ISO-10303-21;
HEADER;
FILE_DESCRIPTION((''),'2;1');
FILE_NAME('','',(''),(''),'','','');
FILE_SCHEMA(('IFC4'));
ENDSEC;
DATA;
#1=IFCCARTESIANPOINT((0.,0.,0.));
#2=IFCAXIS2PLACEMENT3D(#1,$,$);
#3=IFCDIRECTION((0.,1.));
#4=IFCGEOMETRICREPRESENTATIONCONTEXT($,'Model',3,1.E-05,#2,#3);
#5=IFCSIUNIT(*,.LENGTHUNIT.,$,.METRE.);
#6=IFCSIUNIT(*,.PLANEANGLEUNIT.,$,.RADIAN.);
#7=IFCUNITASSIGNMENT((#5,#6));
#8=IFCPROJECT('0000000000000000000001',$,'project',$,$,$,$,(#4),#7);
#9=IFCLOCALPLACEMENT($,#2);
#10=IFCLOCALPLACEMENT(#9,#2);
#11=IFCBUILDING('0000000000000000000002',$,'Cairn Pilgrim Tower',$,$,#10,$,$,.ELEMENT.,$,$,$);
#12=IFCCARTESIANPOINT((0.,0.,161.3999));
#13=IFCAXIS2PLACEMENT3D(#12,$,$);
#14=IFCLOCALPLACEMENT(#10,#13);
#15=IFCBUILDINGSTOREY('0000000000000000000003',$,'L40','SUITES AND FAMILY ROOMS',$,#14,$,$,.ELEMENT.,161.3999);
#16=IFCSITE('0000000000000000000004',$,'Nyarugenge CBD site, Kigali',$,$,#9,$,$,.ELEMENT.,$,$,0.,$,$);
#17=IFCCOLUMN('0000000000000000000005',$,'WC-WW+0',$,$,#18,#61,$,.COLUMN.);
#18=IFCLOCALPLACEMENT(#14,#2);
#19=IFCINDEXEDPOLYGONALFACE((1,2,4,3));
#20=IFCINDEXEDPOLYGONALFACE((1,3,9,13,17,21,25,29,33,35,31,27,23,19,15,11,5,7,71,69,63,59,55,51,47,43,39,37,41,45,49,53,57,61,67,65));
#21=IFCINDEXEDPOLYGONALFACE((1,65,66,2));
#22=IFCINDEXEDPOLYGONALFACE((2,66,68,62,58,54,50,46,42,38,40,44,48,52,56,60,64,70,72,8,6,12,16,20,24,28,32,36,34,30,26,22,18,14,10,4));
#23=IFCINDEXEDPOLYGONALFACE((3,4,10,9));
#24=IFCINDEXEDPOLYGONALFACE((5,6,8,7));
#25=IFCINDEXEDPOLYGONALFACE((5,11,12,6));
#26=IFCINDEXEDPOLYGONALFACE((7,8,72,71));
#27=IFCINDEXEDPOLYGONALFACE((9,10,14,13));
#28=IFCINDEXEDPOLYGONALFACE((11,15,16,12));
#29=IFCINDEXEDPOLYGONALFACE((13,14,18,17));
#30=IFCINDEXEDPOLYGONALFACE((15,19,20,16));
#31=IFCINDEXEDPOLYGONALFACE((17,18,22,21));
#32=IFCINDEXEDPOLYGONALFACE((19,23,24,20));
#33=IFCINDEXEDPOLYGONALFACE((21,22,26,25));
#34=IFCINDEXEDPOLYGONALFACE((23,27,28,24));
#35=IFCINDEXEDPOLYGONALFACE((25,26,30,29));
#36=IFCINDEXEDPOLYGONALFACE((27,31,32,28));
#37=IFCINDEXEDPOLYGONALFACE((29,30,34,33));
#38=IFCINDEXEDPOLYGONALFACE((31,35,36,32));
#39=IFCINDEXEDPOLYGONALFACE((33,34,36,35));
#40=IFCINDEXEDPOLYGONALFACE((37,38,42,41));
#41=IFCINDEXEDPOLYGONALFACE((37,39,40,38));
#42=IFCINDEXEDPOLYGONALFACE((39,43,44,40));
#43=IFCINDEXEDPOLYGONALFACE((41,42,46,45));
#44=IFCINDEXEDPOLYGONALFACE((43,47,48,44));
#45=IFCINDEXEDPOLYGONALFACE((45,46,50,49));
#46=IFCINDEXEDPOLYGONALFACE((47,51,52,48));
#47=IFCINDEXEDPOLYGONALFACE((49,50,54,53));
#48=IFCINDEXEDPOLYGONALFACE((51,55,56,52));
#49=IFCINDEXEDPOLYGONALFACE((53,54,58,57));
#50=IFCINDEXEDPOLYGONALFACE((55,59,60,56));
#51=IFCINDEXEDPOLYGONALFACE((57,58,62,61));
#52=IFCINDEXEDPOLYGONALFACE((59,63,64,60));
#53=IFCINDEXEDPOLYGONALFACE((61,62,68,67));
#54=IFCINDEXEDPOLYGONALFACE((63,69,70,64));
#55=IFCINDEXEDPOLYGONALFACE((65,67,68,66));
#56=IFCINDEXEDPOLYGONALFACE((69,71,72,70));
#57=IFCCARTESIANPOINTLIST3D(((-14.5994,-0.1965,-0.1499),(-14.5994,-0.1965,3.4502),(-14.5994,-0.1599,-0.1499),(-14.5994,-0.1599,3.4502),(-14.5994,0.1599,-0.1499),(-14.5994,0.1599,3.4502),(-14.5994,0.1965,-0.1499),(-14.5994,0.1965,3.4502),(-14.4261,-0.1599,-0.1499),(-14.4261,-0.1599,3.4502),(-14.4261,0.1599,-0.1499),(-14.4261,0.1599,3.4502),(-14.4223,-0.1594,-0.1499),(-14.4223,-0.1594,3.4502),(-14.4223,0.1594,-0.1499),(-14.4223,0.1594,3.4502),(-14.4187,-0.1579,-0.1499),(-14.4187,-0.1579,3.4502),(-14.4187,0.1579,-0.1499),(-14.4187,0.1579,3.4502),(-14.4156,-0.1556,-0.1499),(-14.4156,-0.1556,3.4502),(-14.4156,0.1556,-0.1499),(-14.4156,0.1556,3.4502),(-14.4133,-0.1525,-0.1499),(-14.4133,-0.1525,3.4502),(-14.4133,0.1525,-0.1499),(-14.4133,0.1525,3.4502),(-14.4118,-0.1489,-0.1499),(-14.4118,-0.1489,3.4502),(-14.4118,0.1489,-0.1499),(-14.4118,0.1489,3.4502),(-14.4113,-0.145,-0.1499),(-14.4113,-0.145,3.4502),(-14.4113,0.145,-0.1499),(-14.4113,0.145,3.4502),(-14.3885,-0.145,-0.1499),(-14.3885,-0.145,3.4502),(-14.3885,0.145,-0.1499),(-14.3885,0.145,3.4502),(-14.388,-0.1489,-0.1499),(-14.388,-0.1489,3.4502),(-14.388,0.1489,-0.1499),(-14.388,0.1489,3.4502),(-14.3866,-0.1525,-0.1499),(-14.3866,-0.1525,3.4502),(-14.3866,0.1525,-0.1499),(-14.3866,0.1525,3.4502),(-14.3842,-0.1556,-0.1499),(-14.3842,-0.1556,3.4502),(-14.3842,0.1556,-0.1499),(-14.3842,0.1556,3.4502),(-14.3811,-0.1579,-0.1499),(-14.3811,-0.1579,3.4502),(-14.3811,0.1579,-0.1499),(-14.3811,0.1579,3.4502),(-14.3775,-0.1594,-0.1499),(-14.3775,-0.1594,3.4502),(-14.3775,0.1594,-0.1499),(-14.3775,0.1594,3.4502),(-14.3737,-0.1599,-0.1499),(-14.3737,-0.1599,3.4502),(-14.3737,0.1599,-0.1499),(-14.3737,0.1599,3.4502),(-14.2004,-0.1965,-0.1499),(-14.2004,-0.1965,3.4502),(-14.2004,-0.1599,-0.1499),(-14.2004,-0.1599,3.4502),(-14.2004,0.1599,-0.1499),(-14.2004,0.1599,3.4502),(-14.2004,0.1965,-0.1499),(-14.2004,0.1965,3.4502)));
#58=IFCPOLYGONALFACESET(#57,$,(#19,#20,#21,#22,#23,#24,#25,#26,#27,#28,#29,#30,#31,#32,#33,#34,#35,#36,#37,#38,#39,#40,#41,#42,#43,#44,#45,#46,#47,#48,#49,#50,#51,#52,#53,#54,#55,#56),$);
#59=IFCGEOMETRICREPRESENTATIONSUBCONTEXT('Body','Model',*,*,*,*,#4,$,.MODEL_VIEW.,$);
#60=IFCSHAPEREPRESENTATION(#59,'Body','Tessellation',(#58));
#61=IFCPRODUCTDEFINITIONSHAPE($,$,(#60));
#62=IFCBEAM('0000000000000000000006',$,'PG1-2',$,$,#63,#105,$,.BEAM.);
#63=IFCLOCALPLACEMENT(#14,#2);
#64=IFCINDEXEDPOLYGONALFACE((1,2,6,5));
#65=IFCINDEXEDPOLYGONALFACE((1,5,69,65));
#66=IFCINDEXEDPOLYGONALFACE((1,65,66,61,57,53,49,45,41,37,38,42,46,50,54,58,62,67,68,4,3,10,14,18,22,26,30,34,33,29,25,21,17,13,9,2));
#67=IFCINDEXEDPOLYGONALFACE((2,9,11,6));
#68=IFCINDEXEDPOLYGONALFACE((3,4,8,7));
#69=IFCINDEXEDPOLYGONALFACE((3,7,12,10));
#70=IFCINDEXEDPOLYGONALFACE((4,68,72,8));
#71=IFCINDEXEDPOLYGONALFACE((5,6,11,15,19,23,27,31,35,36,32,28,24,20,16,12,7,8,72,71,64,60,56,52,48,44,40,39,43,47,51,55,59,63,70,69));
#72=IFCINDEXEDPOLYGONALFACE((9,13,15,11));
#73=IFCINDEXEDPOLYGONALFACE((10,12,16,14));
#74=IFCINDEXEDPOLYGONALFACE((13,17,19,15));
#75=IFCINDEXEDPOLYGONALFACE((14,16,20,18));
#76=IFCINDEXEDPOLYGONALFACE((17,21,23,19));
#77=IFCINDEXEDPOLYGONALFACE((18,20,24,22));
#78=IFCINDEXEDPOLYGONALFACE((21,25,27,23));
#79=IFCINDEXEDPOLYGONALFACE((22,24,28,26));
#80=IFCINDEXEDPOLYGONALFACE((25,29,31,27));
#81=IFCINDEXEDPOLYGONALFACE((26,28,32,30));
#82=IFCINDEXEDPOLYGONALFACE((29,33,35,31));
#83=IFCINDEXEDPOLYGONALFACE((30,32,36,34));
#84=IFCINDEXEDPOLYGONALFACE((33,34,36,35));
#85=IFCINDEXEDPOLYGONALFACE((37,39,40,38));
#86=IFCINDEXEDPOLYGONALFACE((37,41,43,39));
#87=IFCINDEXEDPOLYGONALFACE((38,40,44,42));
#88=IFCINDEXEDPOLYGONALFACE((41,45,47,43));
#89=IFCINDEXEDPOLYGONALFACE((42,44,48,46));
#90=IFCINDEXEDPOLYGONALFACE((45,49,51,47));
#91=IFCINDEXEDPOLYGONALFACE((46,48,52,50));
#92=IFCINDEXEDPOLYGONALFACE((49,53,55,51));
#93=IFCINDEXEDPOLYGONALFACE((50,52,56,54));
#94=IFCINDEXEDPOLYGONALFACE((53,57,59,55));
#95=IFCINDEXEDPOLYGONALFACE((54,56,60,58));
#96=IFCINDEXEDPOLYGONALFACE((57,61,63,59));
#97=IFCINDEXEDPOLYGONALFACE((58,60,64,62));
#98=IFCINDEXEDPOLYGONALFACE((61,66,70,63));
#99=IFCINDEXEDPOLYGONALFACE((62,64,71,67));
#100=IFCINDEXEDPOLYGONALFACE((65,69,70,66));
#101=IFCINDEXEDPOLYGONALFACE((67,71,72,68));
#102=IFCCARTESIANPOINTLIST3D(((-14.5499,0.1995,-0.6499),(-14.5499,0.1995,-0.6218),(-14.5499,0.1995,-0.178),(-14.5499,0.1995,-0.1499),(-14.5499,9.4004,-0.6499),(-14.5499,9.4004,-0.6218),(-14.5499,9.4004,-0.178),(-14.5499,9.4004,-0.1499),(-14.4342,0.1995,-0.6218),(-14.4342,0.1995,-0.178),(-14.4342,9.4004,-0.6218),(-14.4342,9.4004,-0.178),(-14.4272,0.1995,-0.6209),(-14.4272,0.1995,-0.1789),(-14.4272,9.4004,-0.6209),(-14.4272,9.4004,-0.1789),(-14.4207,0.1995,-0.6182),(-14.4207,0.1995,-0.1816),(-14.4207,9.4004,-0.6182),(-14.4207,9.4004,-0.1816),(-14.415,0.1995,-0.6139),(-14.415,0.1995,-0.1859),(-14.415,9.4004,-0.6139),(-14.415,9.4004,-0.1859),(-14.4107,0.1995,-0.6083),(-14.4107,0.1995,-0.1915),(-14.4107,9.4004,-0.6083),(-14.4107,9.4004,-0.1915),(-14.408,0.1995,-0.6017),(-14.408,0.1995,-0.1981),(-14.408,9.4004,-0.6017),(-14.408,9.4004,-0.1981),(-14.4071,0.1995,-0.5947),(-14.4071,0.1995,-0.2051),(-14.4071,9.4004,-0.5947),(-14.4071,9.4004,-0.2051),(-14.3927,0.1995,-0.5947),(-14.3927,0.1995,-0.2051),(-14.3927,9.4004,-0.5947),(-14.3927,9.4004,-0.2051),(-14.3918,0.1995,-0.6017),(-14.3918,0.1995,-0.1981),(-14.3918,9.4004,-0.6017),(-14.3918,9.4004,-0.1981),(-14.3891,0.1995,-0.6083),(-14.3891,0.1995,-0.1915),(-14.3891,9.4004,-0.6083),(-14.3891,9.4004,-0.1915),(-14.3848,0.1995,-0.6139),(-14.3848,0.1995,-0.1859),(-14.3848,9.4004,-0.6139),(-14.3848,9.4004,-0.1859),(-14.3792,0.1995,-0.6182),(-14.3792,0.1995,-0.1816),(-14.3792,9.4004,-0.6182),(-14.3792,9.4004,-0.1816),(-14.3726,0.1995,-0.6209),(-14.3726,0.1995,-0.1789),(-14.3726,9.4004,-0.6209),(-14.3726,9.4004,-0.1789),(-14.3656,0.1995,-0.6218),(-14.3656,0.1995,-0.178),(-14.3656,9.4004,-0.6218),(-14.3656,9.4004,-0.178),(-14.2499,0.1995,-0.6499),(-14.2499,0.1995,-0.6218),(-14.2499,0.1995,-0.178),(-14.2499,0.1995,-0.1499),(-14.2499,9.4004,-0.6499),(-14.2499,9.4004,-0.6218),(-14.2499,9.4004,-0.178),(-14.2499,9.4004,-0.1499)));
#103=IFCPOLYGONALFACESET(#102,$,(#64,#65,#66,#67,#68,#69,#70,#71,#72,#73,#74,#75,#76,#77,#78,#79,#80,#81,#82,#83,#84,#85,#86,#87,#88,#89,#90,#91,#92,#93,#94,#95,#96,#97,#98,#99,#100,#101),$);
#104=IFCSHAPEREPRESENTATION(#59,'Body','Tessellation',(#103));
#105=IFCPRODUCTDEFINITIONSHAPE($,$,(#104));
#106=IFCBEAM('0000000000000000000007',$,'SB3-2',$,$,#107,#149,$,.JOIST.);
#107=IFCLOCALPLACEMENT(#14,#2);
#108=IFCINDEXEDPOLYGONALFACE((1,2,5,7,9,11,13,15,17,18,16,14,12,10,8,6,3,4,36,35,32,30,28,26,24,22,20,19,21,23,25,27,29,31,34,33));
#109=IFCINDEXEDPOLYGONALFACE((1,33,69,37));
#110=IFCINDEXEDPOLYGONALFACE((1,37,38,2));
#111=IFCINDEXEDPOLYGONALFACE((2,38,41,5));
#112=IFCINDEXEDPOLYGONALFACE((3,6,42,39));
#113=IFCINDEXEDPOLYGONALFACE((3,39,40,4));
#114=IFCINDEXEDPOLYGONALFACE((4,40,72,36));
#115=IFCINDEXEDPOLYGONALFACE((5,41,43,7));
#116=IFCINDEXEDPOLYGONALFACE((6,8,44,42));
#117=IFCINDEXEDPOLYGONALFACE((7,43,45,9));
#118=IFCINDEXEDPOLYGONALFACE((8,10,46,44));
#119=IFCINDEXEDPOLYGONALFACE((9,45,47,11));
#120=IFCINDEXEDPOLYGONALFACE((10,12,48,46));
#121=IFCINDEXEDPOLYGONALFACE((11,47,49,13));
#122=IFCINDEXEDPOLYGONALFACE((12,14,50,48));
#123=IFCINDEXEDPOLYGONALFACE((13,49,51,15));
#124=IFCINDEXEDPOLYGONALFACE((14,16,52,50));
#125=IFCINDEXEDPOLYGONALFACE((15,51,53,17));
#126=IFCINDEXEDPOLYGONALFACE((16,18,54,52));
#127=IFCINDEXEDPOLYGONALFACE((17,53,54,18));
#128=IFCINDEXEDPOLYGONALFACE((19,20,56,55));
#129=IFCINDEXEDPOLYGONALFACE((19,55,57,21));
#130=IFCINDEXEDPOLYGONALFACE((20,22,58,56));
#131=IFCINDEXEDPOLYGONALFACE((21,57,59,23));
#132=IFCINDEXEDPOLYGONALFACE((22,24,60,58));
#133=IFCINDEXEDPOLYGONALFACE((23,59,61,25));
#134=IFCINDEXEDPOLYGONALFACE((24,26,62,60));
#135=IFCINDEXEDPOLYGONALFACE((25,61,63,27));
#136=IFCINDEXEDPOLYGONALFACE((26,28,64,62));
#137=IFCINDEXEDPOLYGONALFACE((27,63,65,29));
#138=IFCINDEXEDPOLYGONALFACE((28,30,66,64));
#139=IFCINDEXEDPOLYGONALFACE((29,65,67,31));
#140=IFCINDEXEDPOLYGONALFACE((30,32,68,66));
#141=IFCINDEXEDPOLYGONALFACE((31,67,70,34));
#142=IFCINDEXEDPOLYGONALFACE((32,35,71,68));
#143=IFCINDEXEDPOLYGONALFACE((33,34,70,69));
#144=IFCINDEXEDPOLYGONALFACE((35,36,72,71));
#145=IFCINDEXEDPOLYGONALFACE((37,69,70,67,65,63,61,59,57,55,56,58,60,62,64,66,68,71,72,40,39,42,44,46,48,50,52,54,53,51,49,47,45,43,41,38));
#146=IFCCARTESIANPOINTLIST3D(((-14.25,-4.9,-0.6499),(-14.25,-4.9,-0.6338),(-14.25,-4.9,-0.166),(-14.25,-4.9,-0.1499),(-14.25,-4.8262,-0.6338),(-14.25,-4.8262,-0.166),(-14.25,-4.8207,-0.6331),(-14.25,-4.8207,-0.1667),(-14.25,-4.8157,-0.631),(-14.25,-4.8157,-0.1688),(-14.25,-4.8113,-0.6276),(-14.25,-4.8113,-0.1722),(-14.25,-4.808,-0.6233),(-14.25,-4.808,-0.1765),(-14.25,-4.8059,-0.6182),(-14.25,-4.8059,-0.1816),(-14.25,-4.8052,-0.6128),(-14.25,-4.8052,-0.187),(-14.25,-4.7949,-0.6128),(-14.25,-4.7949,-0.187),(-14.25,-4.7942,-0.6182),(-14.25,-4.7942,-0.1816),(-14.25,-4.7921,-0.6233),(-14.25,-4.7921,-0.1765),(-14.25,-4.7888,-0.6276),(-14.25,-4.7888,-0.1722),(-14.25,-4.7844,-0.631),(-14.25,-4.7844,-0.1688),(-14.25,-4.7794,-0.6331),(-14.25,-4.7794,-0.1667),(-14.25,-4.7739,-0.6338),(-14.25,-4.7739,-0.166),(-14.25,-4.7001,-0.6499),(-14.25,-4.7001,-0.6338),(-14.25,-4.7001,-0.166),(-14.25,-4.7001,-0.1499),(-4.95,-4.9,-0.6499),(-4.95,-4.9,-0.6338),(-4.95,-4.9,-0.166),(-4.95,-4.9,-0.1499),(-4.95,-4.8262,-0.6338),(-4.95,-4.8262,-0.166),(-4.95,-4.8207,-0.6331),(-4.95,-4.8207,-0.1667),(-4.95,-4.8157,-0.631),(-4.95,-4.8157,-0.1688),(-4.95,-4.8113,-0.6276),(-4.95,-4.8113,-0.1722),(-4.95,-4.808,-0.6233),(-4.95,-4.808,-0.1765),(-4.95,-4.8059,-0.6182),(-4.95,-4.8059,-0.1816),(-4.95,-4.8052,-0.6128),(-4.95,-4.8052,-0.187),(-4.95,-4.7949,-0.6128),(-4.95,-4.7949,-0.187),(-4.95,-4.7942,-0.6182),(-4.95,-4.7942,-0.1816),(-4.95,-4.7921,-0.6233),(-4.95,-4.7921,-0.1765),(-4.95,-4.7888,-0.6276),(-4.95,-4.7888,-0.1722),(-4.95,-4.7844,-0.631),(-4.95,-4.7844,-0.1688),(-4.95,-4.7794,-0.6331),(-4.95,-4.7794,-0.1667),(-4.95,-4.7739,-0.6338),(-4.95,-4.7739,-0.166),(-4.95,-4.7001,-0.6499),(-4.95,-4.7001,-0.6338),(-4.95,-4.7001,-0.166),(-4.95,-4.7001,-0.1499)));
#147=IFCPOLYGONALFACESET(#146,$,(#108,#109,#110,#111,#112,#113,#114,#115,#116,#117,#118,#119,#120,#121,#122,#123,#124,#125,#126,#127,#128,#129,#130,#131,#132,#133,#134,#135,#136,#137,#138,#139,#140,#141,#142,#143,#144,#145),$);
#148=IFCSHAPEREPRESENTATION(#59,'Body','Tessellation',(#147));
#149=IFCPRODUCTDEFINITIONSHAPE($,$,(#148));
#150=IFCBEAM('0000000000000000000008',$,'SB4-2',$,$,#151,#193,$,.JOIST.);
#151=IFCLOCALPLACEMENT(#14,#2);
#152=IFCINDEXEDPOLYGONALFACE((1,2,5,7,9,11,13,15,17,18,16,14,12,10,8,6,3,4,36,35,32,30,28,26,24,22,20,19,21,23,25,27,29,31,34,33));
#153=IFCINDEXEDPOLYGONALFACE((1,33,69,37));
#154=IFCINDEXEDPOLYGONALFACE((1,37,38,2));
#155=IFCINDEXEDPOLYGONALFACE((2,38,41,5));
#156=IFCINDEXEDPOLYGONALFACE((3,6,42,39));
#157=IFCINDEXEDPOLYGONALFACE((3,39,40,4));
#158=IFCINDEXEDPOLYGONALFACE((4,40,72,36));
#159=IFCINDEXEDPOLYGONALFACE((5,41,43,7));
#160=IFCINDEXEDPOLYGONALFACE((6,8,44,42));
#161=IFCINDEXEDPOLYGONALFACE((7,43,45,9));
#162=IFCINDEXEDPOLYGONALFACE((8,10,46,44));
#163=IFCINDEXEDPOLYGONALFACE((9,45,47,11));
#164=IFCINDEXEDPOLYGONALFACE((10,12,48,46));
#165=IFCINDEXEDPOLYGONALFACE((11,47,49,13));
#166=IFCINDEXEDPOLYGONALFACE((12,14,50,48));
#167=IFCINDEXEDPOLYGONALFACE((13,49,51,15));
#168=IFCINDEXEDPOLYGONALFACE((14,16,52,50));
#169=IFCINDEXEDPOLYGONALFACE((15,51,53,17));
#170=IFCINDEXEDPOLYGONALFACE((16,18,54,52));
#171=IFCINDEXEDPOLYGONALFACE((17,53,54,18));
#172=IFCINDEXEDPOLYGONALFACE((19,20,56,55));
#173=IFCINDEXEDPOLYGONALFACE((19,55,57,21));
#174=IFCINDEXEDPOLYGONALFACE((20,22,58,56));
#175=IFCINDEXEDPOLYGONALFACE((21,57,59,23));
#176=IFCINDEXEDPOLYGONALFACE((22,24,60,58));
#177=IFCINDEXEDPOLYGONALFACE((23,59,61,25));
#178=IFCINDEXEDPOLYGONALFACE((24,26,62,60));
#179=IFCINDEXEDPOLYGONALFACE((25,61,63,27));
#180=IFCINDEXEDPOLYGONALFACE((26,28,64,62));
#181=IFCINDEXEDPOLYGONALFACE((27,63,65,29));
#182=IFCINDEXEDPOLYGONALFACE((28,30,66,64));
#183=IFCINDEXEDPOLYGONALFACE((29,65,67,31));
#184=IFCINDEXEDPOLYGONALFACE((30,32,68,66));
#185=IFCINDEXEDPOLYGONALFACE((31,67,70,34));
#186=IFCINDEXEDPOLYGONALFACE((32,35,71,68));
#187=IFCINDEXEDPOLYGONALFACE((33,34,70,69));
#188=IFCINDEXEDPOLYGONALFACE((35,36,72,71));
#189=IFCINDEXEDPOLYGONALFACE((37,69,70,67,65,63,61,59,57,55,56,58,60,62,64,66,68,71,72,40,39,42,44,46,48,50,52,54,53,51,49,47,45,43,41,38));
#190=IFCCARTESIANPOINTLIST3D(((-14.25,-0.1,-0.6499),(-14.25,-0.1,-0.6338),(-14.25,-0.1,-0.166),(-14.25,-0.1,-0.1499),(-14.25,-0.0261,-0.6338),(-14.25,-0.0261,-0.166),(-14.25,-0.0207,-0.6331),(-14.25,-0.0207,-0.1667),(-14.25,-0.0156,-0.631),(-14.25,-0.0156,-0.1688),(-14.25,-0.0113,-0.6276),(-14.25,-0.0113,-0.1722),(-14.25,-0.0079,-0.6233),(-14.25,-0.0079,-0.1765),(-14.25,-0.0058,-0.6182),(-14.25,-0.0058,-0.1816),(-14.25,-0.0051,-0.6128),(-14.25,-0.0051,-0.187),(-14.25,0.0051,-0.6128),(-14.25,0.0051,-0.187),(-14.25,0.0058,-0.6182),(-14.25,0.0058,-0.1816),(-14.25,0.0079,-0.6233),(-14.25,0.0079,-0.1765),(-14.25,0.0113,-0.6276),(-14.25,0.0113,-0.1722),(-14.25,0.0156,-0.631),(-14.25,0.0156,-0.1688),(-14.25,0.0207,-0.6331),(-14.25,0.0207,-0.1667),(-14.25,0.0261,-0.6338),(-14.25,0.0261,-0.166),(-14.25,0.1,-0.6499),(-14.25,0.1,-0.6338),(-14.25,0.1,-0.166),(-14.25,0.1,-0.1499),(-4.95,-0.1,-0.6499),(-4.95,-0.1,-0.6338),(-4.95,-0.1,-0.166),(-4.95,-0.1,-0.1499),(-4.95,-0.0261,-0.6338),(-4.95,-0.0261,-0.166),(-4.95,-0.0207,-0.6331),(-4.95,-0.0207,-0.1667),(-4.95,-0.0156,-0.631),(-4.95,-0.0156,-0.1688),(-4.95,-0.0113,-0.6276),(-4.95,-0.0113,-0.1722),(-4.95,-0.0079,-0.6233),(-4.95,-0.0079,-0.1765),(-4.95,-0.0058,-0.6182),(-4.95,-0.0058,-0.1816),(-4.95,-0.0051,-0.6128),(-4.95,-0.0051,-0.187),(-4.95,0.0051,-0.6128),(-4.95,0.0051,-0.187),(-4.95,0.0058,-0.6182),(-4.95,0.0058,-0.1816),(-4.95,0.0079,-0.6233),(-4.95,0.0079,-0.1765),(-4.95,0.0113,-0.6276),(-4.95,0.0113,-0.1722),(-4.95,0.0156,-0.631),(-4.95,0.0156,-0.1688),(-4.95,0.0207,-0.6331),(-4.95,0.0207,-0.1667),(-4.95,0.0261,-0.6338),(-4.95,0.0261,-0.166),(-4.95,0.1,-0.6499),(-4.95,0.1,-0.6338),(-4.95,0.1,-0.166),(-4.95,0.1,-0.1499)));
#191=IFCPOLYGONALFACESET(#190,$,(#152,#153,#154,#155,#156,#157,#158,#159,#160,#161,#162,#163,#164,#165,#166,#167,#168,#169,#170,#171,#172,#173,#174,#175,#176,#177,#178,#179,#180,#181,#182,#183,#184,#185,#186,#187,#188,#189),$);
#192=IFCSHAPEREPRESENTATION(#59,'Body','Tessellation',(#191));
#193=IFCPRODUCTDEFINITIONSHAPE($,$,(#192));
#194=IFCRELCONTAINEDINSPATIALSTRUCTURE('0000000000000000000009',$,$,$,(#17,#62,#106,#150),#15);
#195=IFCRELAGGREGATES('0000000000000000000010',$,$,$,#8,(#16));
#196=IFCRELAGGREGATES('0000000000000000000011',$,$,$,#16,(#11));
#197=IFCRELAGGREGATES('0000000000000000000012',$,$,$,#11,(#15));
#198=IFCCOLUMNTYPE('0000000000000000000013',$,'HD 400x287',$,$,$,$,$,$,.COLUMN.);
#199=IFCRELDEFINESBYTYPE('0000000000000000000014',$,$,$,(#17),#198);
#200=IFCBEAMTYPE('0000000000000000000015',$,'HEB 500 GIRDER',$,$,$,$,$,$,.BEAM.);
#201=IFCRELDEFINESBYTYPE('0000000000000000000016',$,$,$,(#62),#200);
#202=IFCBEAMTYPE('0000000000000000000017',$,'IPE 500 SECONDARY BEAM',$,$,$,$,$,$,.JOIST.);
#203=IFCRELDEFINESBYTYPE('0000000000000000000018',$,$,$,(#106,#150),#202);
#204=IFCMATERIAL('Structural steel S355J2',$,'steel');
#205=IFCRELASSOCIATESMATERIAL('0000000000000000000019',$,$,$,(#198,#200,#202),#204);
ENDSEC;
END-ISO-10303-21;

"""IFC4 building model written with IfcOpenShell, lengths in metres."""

from ifc_helpers import new_model, si_unit, direction, frame, origin, origin_2d, place, context, subcontext, project, spatial, i_section, extrude, material, material_profile, profile_set, type_object, element, save


model = new_model("IFC4")

# Units and contexts
model_context = context("Model", 3, precision=1e-05, world=origin(), true_north=direction((0.0, 1.0)))
body_context = subcontext(model_context, "Body", "Model", "MODEL_VIEW")
ifc_project = project(units=[si_unit("LENGTHUNIT", "METRE"), si_unit("PLANEANGLEUNIT", "RADIAN")], contexts=[model_context])

# Site, building, storey
site_placement = place(None, origin())
site = spatial("IfcSite", under=ifc_project, at=site_placement, Name="Nyarugenge CBD site, Kigali", CompositionType="ELEMENT", RefElevation=0.0)
building_placement = place(site_placement, origin())
building = spatial("IfcBuilding", under=site, at=building_placement, Name="Cairn Pilgrim Tower", CompositionType="ELEMENT")
storey_placement = place(building_placement, frame((0.0, 0.0, 161.3999)))
storey = spatial("IfcBuildingStorey", under=building, at=storey_placement, Name="L40", Description="SUITES AND FAMILY ROOMS", CompositionType="ELEMENT", Elevation=161.3999)

# Column
ifc_material_1 = material(Name="Structural steel S355J2", Category="steel")
ifc_material_profile_1 = material_profile(ifc_material_1, i_section(OverallWidth=0.3989, OverallDepth=0.3931, WebThickness=0.0227, FlangeThickness=0.0366, FilletRadius=0.0149, at=origin_2d()), Name="HD 400x287")
ifc_profile_set_1 = profile_set([ifc_material_profile_1], Name="Structural steel S355J2")
column_type = type_object("IfcColumnType", Name="HD 400x287", PredefinedType="COLUMN", material=ifc_profile_set_1)
column_placement = place(storey_placement, frame((-14.3999, 0.0, -0.1499), z_axis=(0.0, 0.0, 1.0), x_axis=(1.0, 0.0, 0.0)))
element("IfcColumn", 1, at=column_placement, inside=storey, type_object=column_type, Name="WC-WW+0", PredefinedType="COLUMN", context=body_context, shape_type="SweptSolid", body=[
    extrude(i_section(OverallWidth=0.3989, OverallDepth=0.3931, WebThickness=0.0227, FlangeThickness=0.0366, FilletRadius=0.0149, at=origin_2d()), origin(), (0.0, 0.0, 1.0), 3.6001),
])

# Beams
ifc_material_profile_2 = material_profile(ifc_material_1, i_section(OverallWidth=0.3, OverallDepth=0.5, WebThickness=0.0144, FlangeThickness=0.0281, FilletRadius=0.0271, at=origin_2d()), Name="HEB 500")
ifc_profile_set_2 = profile_set([ifc_material_profile_2], Name="Structural steel S355J2")
beam_type_1 = type_object("IfcBeamType", Name="HEB 500 GIRDER", PredefinedType="BEAM", material=ifc_profile_set_2)
beam_placement = place(storey_placement, frame((-14.3999, 0.1995, -0.3999), z_axis=(0.0, 1.0, 0.0), x_axis=(-1.0, 0.0, 0.0)))
element("IfcBeam", 2, at=beam_placement, inside=storey, type_object=beam_type_1, Name="PG1-2", PredefinedType="BEAM", context=body_context, shape_type="SweptSolid", body=[
    extrude(i_section(OverallWidth=0.3, OverallDepth=0.5, WebThickness=0.0144, FlangeThickness=0.0281, FilletRadius=0.0271, at=origin_2d()), origin(), (0.0, 0.0, 1.0), 9.2009),
])
ifc_material_profile_3 = material_profile(ifc_material_1, i_section(OverallWidth=0.2, OverallDepth=0.5, WebThickness=0.0103, FlangeThickness=0.0161, FilletRadius=0.021, at=origin_2d()), Name="IPE 500")
ifc_profile_set_3 = profile_set([ifc_material_profile_3], Name="Structural steel S355J2")
beam_type_2 = type_object("IfcBeamType", Name="IPE 500 SECONDARY BEAM", PredefinedType="JOIST", material=ifc_profile_set_3)
for number, where, z_axis, x_axis, name in (
    (3, (-14.25, -4.8, -0.3999), (1.0, 0.0, 0.0), (0.0, 1.0, 0.0), "SB3-2"),
    (4, (-14.25, 0.0, -0.3999), (1.0, 0.0, 0.0), (0.0, 1.0, 0.0), "SB4-2"),
):
    element("IfcBeam", number, at=place(storey_placement, frame(where, z_axis=z_axis, x_axis=x_axis)), inside=storey, type_object=beam_type_2, Name=name, PredefinedType="JOIST", context=body_context, shape_type="SweptSolid", body=[
        extrude(i_section(OverallWidth=0.2, OverallDepth=0.5, WebThickness=0.0103, FlangeThickness=0.0161, FilletRadius=0.021, at=origin_2d()), origin(), (0.0, 0.0, 1.0), 9.3),
    ])

save(model, "model.ifc")
